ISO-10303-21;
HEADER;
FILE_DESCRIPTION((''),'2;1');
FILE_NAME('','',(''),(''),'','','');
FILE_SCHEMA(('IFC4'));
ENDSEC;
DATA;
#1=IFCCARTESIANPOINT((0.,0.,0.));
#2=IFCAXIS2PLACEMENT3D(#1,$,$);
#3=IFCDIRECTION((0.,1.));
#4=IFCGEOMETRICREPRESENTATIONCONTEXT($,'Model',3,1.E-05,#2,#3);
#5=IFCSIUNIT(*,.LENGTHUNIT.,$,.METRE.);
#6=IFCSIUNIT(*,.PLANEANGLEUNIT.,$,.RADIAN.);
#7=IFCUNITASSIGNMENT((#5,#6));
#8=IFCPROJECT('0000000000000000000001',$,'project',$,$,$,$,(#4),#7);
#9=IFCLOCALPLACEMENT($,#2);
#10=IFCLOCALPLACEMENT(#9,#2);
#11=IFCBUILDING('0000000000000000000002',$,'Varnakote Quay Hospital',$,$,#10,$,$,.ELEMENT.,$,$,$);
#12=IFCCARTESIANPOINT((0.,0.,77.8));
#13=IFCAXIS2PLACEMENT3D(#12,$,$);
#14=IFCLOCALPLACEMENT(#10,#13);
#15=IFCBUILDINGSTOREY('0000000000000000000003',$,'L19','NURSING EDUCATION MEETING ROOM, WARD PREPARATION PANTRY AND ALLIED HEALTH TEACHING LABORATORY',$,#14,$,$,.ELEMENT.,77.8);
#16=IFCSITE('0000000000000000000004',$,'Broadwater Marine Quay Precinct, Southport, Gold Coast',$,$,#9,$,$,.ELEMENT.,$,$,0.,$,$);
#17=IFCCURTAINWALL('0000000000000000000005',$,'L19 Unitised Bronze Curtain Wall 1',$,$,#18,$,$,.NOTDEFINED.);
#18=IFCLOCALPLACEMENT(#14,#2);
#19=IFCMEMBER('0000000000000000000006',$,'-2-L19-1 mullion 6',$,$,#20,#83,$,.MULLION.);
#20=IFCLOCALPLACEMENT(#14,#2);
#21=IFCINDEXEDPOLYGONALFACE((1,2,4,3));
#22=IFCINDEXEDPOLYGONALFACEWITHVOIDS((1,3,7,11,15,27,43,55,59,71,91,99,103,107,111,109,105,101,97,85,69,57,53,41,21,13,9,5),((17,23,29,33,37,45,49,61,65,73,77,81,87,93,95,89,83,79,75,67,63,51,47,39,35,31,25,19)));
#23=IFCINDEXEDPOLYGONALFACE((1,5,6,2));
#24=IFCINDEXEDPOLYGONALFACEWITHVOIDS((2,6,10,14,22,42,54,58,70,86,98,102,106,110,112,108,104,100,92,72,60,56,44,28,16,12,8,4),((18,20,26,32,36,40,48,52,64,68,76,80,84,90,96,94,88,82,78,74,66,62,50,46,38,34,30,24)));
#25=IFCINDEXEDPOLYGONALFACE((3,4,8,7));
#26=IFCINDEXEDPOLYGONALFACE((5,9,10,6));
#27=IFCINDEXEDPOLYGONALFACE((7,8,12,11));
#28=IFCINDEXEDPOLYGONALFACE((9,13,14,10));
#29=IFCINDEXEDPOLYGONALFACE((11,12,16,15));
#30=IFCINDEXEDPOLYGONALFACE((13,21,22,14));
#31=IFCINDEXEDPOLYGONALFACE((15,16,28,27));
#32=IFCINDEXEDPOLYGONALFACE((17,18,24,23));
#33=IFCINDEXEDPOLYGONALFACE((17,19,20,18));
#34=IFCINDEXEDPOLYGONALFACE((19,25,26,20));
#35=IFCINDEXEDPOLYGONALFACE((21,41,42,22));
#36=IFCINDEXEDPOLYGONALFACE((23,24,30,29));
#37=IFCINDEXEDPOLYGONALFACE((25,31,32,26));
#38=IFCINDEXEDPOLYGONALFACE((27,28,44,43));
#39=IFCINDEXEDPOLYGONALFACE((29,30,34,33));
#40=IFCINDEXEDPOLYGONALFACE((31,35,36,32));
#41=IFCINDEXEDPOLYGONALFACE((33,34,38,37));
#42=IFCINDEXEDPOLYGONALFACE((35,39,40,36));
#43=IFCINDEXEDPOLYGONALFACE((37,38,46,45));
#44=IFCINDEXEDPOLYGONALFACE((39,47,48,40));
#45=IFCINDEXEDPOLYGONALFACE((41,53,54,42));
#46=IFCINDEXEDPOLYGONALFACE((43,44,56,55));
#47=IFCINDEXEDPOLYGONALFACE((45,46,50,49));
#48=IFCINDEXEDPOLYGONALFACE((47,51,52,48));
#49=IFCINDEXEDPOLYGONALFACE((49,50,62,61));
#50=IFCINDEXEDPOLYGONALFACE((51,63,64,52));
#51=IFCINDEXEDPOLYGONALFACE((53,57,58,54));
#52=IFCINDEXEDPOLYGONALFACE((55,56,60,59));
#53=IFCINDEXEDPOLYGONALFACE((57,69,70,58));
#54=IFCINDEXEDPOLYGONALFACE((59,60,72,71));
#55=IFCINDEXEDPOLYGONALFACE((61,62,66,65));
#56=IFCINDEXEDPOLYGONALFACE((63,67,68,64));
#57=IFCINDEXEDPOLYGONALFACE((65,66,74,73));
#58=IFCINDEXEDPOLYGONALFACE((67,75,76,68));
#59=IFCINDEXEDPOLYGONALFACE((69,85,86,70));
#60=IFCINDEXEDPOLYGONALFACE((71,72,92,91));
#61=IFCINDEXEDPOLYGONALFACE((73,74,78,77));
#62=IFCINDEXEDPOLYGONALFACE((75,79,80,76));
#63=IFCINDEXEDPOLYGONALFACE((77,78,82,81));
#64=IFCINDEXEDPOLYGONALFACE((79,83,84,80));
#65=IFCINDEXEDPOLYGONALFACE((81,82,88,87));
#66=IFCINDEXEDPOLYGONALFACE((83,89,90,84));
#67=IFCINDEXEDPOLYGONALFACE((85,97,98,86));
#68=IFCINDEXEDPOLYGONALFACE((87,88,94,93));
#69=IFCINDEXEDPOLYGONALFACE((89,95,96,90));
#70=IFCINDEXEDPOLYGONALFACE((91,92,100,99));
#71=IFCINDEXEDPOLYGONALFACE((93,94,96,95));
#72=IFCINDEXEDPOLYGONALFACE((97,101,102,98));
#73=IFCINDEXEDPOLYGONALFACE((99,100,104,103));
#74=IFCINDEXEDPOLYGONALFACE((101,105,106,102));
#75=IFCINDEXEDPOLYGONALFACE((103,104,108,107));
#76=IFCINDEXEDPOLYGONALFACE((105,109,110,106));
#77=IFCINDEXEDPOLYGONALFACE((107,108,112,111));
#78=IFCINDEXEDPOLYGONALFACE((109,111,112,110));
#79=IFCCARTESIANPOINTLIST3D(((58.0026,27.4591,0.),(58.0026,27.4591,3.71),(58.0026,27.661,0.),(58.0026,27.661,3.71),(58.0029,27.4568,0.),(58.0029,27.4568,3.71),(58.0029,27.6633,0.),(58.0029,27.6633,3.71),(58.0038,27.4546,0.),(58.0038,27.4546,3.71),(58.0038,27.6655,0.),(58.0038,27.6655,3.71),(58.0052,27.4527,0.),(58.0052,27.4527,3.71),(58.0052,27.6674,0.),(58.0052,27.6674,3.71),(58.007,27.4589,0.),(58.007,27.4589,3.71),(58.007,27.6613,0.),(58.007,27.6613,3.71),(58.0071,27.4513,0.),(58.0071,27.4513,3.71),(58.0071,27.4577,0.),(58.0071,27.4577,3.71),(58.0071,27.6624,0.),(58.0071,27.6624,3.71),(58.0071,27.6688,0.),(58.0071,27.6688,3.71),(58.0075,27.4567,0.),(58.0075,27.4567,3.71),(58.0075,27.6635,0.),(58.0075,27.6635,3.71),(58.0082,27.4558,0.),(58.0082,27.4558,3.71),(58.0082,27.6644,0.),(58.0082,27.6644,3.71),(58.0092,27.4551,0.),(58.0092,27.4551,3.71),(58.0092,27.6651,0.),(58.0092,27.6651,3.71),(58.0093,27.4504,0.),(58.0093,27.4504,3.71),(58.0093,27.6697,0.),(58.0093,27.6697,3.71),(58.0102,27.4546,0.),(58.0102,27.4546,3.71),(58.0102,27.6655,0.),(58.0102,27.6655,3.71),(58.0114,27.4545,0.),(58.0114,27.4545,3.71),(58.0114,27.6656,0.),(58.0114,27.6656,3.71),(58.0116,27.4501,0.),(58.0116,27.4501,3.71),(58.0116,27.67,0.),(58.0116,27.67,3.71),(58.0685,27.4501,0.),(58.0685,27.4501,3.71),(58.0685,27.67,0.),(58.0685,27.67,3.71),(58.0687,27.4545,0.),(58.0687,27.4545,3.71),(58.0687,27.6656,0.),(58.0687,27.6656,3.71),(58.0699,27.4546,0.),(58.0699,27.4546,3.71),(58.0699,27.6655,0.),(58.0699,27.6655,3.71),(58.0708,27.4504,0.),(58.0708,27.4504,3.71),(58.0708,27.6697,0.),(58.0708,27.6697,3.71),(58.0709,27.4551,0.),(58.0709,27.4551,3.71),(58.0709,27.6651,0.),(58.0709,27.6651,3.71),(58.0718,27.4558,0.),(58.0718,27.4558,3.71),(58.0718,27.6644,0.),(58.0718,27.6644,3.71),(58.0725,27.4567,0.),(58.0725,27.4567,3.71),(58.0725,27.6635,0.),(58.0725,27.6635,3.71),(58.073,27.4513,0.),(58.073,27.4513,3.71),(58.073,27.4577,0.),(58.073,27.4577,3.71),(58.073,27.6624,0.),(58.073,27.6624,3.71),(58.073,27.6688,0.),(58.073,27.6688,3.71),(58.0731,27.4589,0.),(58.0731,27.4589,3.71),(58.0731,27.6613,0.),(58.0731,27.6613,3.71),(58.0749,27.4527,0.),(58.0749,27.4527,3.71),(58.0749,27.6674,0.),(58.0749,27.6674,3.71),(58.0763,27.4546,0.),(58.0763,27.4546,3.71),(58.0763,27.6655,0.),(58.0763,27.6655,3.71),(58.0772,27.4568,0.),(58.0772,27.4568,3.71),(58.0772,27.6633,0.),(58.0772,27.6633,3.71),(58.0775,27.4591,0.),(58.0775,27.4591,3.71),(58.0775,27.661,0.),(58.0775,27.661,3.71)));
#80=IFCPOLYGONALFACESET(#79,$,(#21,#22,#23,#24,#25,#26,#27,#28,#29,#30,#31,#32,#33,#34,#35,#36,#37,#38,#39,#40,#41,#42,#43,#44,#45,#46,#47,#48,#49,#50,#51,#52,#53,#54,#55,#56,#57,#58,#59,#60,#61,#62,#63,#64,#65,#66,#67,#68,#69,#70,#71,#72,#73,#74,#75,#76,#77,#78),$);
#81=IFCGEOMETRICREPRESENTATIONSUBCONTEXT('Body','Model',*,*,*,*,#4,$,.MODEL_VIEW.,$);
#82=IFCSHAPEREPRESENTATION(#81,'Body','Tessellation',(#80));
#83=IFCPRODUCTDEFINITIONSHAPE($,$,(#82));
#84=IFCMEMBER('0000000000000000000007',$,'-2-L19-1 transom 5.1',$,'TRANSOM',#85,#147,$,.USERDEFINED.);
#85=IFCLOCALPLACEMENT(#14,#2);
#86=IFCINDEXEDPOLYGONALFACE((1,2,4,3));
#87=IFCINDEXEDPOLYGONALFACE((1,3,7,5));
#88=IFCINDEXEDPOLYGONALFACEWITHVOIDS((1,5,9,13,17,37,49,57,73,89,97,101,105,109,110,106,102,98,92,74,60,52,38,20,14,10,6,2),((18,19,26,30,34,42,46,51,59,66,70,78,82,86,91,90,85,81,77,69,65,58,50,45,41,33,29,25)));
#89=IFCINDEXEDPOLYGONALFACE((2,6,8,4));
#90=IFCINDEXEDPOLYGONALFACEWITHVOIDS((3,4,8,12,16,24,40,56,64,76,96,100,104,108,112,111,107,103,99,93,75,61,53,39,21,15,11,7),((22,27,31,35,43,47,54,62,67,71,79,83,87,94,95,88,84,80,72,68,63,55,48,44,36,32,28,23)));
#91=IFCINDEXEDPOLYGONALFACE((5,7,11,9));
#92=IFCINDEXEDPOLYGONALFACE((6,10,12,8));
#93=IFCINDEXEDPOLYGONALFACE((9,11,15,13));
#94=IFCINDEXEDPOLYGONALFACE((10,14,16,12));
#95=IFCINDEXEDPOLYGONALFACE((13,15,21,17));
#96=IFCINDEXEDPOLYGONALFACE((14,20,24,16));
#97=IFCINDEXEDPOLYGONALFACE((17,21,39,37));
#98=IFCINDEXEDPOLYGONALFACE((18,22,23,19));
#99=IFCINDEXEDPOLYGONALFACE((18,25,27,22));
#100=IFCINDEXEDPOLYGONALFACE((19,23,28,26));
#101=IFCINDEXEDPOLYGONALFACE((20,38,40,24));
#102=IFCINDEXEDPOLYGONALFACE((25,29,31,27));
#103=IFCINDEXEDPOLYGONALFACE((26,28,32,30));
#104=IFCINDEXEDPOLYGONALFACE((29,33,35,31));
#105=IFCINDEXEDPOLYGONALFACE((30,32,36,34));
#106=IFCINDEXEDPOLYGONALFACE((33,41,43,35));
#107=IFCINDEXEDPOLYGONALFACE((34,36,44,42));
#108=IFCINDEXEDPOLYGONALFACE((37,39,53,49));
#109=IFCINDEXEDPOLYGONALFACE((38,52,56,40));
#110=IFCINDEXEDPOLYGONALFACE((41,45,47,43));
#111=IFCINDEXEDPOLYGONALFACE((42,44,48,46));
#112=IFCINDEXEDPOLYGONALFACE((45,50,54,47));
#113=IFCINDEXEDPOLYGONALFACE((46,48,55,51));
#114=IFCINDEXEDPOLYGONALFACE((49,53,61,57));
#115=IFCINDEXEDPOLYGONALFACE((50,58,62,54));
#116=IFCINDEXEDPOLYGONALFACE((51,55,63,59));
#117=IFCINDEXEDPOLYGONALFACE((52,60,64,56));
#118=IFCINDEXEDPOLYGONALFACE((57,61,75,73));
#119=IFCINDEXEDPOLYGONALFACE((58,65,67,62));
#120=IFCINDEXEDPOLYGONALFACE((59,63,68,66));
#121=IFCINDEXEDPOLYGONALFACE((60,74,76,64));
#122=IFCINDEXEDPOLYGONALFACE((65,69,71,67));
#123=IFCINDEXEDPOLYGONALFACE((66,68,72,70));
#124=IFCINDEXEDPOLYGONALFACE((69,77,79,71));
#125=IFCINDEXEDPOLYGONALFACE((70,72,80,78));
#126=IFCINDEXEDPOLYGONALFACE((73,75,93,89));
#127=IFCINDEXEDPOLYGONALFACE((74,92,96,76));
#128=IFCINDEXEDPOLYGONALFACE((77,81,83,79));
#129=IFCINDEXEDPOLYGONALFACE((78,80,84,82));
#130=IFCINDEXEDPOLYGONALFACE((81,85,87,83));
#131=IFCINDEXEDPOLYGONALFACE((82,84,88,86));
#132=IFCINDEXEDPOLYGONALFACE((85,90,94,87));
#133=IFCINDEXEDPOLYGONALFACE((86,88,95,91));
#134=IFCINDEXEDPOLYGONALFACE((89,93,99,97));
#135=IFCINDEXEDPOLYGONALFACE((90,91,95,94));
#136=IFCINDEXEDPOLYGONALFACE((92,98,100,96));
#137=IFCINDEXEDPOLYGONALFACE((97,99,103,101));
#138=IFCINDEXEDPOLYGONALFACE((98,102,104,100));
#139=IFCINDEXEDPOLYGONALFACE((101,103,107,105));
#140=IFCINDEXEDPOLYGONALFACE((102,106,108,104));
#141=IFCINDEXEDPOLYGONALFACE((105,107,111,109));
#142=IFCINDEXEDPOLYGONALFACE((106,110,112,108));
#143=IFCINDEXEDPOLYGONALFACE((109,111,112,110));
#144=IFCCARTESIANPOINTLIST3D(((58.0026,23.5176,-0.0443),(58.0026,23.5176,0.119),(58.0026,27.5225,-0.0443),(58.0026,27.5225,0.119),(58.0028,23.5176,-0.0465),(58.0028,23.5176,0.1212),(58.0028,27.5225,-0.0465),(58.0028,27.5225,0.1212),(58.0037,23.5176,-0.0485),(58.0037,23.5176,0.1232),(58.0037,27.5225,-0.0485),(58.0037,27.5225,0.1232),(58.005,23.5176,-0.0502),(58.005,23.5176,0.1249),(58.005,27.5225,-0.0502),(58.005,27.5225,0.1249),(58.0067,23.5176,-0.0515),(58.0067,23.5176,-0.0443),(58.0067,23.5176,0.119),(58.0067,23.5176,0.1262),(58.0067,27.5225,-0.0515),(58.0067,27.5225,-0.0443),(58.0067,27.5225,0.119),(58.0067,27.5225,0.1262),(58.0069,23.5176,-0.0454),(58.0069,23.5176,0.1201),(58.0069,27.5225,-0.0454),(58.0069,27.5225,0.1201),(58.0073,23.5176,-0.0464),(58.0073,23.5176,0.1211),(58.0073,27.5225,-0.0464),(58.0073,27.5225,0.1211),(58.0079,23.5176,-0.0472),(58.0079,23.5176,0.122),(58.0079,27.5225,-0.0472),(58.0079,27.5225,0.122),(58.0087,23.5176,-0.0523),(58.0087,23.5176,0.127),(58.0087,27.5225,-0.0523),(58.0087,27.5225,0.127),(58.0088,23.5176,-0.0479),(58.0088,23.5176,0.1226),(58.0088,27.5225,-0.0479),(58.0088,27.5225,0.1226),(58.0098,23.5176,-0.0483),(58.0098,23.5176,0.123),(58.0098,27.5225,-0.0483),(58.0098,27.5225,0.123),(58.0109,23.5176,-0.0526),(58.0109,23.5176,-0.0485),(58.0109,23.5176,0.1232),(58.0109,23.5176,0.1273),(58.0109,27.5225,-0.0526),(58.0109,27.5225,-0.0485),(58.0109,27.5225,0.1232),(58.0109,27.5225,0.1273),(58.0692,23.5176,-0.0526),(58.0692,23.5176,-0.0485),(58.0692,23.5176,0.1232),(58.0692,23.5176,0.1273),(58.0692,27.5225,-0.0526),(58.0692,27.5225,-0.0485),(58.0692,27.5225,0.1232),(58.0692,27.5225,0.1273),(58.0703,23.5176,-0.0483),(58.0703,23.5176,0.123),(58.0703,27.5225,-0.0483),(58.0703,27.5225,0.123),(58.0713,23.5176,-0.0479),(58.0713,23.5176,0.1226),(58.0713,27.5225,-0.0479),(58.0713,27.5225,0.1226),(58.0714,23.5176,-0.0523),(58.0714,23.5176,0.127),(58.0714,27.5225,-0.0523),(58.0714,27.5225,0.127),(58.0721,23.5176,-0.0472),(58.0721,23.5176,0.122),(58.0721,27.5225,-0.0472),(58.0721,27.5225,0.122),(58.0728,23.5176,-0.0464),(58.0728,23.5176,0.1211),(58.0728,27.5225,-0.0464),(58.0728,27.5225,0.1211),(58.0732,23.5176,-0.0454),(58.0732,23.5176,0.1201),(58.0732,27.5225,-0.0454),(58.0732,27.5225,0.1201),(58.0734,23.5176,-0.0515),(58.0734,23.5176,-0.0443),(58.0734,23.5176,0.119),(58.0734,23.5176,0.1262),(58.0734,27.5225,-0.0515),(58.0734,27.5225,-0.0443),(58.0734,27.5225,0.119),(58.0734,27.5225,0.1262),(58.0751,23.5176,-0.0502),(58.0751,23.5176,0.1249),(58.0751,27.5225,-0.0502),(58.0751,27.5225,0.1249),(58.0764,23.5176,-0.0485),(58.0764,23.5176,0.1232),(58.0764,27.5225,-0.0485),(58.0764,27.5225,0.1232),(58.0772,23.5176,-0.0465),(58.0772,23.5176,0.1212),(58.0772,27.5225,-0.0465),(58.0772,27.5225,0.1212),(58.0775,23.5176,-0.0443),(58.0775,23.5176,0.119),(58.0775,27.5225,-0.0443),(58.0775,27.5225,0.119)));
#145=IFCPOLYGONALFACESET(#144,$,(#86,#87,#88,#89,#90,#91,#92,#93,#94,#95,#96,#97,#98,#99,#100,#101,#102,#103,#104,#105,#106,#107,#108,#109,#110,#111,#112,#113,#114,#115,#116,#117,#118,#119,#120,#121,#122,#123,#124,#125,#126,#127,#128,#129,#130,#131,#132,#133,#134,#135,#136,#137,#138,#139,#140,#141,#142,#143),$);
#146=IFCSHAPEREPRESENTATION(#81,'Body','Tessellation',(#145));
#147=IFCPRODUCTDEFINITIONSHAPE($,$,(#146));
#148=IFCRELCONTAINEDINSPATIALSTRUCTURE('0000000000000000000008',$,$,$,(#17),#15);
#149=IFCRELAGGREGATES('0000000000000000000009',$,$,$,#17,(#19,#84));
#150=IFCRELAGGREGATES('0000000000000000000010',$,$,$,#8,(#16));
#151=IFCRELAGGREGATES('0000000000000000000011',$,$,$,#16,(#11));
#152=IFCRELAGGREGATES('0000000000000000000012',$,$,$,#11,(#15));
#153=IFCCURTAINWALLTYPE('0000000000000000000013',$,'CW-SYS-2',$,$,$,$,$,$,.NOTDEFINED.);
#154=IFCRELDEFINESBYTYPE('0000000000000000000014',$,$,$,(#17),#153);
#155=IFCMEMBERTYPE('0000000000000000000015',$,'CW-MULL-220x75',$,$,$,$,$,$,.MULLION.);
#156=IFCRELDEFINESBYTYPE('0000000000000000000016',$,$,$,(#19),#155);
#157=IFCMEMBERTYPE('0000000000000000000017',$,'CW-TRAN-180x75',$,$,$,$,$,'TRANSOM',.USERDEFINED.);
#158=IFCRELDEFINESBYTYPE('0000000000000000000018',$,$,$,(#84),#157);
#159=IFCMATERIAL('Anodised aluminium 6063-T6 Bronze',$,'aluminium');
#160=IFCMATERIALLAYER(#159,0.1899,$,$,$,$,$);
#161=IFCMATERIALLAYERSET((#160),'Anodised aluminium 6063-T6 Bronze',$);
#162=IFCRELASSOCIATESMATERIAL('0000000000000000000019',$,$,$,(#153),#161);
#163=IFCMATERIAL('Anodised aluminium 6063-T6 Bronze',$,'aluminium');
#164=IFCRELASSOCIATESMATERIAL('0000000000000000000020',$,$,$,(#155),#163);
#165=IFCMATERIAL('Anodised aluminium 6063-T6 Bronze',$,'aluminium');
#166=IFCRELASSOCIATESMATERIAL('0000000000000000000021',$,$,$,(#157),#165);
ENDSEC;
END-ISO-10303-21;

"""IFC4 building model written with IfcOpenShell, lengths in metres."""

from ifc_helpers import new_model, si_unit, direction, frame, origin, origin_2d, place, context, subcontext, project, spatial, hollow_rectangle, extrude, material, layer, layer_set, material_profile, profile_set, type_object, element, aggregate, save


model = new_model("IFC4")

# Units and contexts
model_context = context("Model", 3, precision=1e-05, world=origin(), true_north=direction((0.0, 1.0)))
body_context = subcontext(model_context, "Body", "Model", "MODEL_VIEW")
ifc_project = project(units=[si_unit("LENGTHUNIT", "METRE"), si_unit("PLANEANGLEUNIT", "RADIAN")], contexts=[model_context])

# Site, building, storey
site_placement = place(None, origin())
site = spatial("IfcSite", under=ifc_project, at=site_placement, Name="Broadwater Marine Quay Precinct, Southport, Gold Coast", CompositionType="ELEMENT", RefElevation=0.0)
building_placement = place(site_placement, origin())
building = spatial("IfcBuilding", under=site, at=building_placement, Name="Varnakote Quay Hospital", CompositionType="ELEMENT")
storey_placement = place(building_placement, frame((0.0, 0.0, 77.8)))
storey = spatial("IfcBuildingStorey", under=building, at=storey_placement, Name="L19", Description="NURSING EDUCATION MEETING ROOM, WARD PREPARATION PANTRY AND ALLIED HEALTH TEACHING LABORATORY", CompositionType="ELEMENT", Elevation=77.8)

# Curtain wall, members
ifc_material_1 = material(Name="Anodised aluminium 6063-T6 Bronze", Category="aluminium")
ifc_layer_1 = layer(ifc_material_1, 0.1899)
ifc_layer_set_1 = layer_set([ifc_layer_1], Name="Anodised aluminium 6063-T6 Bronze")
curtain_wall_type = type_object("IfcCurtainWallType", Name="CW-SYS-2", PredefinedType="NOTDEFINED", material=ifc_layer_set_1)
curtain_wall_placement = place(storey_placement, origin())
curtain_wall = element("IfcCurtainWall", 1, at=curtain_wall_placement, inside=storey, type_object=curtain_wall_type, Name="L19 Unitised Bronze Curtain Wall 1", PredefinedType="NOTDEFINED")
ifc_material_2 = material(Name="Anodised aluminium 6063-T6 Bronze", Category="aluminium")
ifc_material_profile_1 = material_profile(ifc_material_2, hollow_rectangle(XDim=0.075, YDim=0.22, WallThickness=0.0044, InnerFilletRadius=0.0044, OuterFilletRadius=0.009, at=origin_2d()), Name="CW-MULL-220x75")
ifc_profile_set_1 = profile_set([ifc_material_profile_1], Name="Anodised aluminium 6063-T6 Bronze")
member_type_1 = type_object("IfcMemberType", Name="CW-MULL-220x75", PredefinedType="MULLION", material=ifc_profile_set_1)
member_1_placement = place(storey_placement, frame((58.04, 27.5601, 0.0), z_axis=(0.0, 0.0, 1.0), x_axis=(-1.0, 0.0, 0.0)))
member_1 = element("IfcMember", 2, at=member_1_placement, type_object=member_type_1, Name="-2-L19-1 mullion 6", PredefinedType="MULLION", context=body_context, shape_type="SweptSolid", body=[
    extrude(hollow_rectangle(XDim=0.075, YDim=0.22, WallThickness=0.0044, InnerFilletRadius=0.0044, OuterFilletRadius=0.009, at=origin_2d()), origin(), (0.0, 0.0, 1.0), 3.71),
])
ifc_material_3 = material(Name="Anodised aluminium 6063-T6 Bronze", Category="aluminium")
ifc_material_profile_2 = material_profile(ifc_material_3, hollow_rectangle(XDim=0.075, YDim=0.1799, WallThickness=0.0042, InnerFilletRadius=0.0042, OuterFilletRadius=0.0083, at=origin_2d()), Name="CW-TRAN-180x75")
ifc_profile_set_2 = profile_set([ifc_material_profile_2], Name="Anodised aluminium 6063-T6 Bronze")
member_type_2 = type_object("IfcMemberType", Name="CW-TRAN-180x75", ElementType="TRANSOM", PredefinedType="USERDEFINED", material=ifc_profile_set_2)
member_2_placement = place(storey_placement, frame((58.04, 23.5176, 0.0374), z_axis=(0.0, 1.0, 0.0), x_axis=(-1.0, 0.0, 0.0)))
member_2 = element("IfcMember", 3, at=member_2_placement, type_object=member_type_2, Name="-2-L19-1 transom 5.1", ObjectType="TRANSOM", PredefinedType="USERDEFINED", context=body_context, shape_type="SweptSolid", body=[
    extrude(hollow_rectangle(XDim=0.075, YDim=0.1799, WallThickness=0.0042, InnerFilletRadius=0.0042, OuterFilletRadius=0.0083, at=origin_2d()), origin(), (0.0, 0.0, 1.0), 4.0049),
])
aggregate(curtain_wall, [member_1, member_2])

save(model, "model.ifc")
